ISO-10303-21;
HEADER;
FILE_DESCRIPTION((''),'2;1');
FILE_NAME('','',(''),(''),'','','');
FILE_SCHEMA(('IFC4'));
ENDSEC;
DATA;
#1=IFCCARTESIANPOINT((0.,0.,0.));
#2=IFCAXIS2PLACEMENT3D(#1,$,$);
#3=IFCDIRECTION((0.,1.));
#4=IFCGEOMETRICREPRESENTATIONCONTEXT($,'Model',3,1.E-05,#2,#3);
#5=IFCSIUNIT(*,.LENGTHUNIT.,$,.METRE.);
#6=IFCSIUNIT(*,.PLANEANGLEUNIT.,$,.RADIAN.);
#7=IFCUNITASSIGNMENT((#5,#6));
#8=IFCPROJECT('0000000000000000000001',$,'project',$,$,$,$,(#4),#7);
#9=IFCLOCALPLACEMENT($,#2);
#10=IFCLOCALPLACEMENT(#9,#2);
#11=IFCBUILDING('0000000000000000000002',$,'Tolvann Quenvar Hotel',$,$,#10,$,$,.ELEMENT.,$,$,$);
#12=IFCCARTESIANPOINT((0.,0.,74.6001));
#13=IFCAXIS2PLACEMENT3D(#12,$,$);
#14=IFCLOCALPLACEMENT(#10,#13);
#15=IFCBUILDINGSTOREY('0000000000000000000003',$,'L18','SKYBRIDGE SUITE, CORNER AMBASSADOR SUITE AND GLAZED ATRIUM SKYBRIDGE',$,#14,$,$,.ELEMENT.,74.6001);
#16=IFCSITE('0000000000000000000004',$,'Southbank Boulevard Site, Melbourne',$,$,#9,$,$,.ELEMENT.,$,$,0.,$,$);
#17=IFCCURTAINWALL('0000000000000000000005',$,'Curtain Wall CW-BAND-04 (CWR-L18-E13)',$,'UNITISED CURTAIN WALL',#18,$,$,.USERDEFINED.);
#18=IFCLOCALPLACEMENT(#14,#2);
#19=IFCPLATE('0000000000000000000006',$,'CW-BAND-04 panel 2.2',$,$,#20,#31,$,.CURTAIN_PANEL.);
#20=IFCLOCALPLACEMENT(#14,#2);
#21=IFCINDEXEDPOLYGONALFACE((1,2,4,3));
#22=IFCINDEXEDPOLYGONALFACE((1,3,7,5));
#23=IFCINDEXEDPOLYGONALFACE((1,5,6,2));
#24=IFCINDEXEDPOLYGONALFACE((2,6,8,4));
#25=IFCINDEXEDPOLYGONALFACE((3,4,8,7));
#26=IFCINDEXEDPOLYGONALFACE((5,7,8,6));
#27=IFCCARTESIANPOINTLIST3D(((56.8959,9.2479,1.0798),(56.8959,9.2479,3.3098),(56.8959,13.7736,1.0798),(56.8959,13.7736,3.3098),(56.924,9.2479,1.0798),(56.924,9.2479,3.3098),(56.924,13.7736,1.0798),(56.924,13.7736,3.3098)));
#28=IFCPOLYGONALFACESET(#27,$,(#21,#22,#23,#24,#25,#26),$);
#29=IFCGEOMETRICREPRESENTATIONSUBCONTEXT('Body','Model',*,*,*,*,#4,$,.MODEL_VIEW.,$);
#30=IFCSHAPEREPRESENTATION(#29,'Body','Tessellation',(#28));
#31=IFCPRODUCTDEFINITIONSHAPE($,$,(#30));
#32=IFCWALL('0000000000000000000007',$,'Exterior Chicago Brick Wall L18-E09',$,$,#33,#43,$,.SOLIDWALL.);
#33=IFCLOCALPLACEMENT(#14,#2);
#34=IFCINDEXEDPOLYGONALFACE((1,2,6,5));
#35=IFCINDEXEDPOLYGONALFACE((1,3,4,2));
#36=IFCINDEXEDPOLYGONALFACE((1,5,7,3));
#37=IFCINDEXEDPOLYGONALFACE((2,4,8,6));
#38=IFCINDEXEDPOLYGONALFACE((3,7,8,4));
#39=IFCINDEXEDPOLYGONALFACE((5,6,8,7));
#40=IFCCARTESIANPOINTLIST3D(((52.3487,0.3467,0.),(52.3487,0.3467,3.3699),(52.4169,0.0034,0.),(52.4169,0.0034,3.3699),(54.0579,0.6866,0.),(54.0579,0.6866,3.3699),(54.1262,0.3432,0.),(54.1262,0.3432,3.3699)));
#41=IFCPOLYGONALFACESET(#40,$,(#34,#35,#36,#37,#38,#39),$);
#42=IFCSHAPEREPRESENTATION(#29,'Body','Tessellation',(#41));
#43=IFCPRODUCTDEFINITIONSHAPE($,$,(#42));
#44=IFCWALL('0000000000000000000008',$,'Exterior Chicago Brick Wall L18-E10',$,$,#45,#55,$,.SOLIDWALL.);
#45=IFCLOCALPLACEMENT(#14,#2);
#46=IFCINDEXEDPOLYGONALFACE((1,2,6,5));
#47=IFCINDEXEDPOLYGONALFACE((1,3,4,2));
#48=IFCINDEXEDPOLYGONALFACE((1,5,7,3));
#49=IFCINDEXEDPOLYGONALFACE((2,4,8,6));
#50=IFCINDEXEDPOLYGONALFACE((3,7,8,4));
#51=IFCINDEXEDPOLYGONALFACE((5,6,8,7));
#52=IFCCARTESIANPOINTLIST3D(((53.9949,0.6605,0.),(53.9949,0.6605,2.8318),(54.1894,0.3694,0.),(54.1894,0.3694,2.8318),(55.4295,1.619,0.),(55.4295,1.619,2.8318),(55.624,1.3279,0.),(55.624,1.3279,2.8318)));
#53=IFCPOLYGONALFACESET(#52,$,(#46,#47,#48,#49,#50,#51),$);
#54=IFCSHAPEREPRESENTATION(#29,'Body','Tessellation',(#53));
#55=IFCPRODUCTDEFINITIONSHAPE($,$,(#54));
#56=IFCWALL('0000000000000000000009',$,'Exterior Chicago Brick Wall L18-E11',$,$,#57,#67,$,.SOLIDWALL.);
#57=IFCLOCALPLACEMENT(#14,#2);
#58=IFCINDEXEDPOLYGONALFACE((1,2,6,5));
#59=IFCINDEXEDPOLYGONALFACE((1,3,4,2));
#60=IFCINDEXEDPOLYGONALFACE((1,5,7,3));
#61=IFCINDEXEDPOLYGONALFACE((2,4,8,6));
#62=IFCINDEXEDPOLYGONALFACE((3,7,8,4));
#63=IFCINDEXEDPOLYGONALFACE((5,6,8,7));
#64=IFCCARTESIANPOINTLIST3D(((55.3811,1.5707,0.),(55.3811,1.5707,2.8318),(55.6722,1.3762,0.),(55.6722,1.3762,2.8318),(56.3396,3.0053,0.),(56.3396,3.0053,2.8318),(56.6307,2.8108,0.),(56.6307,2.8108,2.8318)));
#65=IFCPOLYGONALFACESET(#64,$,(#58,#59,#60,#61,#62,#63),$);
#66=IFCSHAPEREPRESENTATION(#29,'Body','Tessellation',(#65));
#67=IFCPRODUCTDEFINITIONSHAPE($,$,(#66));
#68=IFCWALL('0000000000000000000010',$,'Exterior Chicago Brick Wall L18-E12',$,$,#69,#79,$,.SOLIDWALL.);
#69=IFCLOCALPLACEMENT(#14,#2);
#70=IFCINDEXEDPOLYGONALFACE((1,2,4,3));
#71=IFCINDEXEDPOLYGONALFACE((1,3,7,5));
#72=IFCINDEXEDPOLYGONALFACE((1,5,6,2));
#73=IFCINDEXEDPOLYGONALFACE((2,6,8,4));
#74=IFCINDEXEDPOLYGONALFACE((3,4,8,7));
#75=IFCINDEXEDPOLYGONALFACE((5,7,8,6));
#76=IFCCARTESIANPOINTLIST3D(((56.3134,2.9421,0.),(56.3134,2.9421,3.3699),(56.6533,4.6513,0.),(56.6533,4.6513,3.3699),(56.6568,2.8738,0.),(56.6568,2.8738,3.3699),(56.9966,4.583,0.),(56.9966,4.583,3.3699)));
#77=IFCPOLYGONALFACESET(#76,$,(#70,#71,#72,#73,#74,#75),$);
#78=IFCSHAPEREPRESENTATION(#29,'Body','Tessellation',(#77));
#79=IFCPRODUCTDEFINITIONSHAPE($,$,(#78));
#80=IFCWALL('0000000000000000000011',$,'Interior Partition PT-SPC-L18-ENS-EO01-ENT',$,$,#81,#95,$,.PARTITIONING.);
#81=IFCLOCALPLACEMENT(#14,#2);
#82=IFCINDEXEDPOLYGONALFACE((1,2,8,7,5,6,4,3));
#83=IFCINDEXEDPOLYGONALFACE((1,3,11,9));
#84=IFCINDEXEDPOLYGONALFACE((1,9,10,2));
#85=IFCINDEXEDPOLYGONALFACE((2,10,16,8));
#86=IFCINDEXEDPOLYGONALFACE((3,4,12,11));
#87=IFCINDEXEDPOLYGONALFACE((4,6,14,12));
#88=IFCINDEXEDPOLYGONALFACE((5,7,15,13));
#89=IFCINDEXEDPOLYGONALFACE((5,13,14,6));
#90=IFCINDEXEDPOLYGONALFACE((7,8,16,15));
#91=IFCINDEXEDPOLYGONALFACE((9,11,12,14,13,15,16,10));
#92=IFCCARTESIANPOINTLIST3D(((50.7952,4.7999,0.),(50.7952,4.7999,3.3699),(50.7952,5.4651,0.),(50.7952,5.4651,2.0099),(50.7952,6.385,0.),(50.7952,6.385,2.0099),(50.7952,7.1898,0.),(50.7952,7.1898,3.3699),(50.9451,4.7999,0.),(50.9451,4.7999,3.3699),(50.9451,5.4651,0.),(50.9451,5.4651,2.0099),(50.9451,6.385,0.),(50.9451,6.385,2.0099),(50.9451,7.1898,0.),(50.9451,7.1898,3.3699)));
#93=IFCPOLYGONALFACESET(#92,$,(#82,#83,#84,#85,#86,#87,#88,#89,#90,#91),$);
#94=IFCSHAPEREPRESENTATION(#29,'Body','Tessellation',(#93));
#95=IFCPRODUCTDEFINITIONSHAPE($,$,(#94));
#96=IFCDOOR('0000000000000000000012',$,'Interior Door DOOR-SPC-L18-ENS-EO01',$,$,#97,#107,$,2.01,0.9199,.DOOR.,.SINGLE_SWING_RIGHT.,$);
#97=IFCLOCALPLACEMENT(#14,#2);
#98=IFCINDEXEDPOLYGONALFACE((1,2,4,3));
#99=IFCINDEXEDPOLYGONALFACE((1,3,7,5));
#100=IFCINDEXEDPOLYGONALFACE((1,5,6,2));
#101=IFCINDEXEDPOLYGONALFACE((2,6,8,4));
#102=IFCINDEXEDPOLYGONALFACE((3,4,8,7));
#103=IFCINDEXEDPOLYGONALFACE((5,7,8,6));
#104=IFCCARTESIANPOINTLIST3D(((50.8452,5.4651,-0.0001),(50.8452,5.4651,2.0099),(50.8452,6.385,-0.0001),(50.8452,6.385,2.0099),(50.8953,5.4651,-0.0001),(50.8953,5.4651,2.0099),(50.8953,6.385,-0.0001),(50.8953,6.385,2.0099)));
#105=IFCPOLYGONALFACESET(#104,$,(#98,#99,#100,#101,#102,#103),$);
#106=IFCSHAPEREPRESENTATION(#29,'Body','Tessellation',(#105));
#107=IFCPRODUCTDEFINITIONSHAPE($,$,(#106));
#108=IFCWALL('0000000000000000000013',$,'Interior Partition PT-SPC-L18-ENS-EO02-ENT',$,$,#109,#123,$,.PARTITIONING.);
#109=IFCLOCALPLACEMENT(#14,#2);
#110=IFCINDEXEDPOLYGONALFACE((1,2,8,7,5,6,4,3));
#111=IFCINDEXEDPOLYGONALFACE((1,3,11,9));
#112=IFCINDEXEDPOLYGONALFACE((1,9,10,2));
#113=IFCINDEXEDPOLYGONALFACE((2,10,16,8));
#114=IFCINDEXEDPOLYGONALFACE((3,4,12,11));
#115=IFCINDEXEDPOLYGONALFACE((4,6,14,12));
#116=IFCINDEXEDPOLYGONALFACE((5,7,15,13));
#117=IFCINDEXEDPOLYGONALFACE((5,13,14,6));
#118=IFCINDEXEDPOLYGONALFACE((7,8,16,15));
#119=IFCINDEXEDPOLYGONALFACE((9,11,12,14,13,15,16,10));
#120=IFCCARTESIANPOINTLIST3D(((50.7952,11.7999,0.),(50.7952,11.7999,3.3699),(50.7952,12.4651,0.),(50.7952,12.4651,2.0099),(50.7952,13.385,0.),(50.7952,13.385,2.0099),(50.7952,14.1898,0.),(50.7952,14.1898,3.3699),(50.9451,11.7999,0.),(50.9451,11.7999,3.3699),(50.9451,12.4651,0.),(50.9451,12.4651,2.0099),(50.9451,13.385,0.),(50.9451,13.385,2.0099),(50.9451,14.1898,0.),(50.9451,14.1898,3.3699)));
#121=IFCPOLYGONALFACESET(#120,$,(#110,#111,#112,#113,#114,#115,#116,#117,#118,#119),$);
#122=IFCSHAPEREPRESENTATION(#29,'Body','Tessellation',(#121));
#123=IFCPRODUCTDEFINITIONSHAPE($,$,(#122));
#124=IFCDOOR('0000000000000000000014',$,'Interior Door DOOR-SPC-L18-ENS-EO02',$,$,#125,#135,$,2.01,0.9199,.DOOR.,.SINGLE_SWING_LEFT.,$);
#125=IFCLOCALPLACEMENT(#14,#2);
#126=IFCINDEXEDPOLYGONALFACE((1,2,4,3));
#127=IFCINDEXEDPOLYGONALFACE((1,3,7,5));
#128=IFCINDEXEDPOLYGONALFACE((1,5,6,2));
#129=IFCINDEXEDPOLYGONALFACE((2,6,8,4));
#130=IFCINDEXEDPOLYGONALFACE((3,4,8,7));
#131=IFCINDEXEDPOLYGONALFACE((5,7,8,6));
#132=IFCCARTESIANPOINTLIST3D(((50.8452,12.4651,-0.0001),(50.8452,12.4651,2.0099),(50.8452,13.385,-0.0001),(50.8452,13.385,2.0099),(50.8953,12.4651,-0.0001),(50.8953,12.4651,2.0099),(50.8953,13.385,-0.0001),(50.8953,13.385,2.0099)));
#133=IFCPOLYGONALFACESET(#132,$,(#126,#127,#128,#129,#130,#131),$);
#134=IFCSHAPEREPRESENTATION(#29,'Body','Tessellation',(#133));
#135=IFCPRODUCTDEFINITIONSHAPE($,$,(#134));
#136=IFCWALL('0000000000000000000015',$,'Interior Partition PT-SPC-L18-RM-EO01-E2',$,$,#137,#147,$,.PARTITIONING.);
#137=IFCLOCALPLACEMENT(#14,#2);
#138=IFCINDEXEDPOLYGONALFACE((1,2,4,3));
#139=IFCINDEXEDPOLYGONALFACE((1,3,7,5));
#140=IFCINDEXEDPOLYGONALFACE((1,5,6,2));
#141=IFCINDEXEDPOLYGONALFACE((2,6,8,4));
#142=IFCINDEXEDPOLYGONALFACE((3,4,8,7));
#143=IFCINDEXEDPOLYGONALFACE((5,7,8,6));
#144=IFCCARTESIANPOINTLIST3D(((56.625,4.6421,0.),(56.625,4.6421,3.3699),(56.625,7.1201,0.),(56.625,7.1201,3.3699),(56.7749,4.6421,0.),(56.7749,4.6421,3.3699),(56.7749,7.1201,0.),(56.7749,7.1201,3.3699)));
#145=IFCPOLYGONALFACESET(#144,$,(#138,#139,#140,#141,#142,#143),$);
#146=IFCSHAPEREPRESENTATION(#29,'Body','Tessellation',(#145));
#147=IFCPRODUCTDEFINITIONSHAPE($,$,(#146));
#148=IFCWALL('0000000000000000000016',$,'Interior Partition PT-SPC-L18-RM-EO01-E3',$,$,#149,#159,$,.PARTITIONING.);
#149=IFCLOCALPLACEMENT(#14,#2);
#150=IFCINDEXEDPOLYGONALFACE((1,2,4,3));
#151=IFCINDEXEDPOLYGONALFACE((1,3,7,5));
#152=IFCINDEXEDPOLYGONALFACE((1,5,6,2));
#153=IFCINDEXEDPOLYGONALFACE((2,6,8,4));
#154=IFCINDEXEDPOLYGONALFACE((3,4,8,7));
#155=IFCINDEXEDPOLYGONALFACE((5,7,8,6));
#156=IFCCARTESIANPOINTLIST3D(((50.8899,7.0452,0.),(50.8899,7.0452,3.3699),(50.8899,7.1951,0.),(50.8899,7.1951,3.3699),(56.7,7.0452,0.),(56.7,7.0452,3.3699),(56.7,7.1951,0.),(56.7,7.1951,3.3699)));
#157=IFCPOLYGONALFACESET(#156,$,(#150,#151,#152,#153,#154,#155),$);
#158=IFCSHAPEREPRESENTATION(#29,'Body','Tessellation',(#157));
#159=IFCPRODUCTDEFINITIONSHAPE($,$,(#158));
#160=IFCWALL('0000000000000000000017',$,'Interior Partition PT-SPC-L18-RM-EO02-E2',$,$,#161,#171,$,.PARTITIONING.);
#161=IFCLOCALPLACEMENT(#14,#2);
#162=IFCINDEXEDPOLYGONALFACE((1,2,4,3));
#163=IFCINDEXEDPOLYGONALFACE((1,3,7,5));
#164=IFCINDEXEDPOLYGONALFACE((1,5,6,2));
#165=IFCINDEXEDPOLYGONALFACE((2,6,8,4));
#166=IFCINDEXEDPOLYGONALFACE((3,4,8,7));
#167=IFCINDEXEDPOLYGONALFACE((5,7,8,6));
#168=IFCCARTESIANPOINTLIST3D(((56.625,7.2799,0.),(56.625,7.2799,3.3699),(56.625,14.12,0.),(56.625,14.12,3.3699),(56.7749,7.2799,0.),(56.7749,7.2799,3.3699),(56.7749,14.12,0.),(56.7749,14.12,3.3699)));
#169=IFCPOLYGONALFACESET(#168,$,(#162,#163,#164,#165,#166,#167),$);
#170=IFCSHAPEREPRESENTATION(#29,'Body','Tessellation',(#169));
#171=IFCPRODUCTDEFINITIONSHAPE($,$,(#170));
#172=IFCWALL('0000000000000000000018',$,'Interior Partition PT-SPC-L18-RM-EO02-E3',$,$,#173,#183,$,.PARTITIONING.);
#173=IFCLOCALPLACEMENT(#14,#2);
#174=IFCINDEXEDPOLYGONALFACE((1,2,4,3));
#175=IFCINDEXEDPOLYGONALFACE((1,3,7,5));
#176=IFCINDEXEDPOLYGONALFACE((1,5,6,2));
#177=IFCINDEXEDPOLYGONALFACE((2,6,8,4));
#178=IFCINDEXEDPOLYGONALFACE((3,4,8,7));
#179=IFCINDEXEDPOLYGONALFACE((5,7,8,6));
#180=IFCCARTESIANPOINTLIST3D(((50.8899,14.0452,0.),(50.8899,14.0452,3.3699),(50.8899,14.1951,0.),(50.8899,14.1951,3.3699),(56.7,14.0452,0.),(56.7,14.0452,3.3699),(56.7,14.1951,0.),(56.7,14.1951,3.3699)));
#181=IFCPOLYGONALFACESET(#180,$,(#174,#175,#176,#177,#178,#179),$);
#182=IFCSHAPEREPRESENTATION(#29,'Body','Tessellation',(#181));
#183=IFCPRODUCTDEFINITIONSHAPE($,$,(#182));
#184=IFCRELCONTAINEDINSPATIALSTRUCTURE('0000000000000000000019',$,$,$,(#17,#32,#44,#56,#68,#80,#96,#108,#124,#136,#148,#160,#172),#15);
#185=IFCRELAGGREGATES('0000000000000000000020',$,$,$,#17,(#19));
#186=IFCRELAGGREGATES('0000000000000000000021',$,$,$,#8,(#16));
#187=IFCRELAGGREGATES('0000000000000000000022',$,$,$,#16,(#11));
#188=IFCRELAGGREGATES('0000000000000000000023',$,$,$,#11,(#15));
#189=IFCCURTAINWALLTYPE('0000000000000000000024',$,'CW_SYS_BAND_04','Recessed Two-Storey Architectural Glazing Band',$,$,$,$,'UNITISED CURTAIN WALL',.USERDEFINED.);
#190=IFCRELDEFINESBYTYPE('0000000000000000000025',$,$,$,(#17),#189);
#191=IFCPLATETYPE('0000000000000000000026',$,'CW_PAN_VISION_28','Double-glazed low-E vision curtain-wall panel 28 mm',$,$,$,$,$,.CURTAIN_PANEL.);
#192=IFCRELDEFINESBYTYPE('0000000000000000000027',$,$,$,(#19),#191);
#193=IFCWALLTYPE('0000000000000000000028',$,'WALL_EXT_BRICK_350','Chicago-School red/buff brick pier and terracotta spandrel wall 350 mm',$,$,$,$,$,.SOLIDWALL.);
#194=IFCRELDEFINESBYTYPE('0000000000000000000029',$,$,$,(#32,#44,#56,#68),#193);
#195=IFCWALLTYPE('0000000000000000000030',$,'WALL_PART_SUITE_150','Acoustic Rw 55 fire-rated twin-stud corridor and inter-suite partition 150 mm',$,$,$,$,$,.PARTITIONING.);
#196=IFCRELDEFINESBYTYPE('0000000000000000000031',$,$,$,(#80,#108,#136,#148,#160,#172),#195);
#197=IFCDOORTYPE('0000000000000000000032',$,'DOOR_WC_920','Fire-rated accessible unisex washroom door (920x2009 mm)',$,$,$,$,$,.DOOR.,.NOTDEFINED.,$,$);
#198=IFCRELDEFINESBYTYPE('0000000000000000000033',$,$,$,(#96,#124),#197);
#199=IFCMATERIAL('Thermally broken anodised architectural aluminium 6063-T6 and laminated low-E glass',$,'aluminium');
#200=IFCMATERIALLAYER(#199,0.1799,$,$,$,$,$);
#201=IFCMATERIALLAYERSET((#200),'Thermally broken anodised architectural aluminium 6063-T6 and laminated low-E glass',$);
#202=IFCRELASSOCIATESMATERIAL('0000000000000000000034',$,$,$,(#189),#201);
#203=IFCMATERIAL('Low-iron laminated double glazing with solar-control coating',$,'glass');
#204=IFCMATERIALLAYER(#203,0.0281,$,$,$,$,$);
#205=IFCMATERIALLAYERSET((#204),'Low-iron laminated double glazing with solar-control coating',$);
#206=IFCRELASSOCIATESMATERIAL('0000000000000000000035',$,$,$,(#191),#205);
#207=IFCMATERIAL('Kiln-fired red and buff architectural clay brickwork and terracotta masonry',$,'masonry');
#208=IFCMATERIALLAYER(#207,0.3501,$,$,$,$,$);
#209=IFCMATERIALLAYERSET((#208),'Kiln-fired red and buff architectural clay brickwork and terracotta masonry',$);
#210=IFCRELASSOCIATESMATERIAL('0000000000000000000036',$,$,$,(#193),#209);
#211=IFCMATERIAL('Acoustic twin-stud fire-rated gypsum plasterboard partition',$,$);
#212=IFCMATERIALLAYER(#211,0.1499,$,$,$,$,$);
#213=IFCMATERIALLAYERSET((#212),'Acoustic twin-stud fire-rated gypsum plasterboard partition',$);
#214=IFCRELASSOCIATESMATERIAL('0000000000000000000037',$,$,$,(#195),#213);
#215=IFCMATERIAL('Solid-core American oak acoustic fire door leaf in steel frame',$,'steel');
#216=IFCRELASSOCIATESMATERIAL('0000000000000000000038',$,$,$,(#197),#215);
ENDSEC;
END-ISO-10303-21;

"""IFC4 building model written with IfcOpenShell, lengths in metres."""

from ifc_helpers import new_model, si_unit, direction, frame, frame_2d, origin, origin_2d, place, context, subcontext, project, spatial, rectangle, extrude, source, transform, mapped, material, layer, layer_set, type_object, type_shapes, element, fill, aggregate, save


model = new_model("IFC4")

# Units and contexts
model_context = context("Model", 3, precision=1e-05, world=origin(), true_north=direction((0.0, 1.0)))
body_context = subcontext(model_context, "Body", "Model", "MODEL_VIEW")
ifc_project = project(units=[si_unit("LENGTHUNIT", "METRE"), si_unit("PLANEANGLEUNIT", "RADIAN")], contexts=[model_context])

# Site, building, storey
site_placement = place(None, origin())
site = spatial("IfcSite", under=ifc_project, at=site_placement, Name="Southbank Boulevard Site, Melbourne", CompositionType="ELEMENT", RefElevation=0.0)
building_placement = place(site_placement, origin())
building = spatial("IfcBuilding", under=site, at=building_placement, Name="Tolvann Quenvar Hotel", CompositionType="ELEMENT")
storey_placement = place(building_placement, frame((0.0, 0.0, 74.6001)))
storey = spatial("IfcBuildingStorey", under=building, at=storey_placement, Name="L18", Description="SKYBRIDGE SUITE, CORNER AMBASSADOR SUITE AND GLAZED ATRIUM SKYBRIDGE", CompositionType="ELEMENT", Elevation=74.6001)

# Curtain wall, plate
ifc_material_1 = material(Name="Thermally broken anodised architectural aluminium 6063-T6 and laminated low-E glass", Category="aluminium")
ifc_layer_1 = layer(ifc_material_1, 0.1799)
ifc_layer_set_1 = layer_set([ifc_layer_1], Name="Thermally broken anodised architectural aluminium 6063-T6 and laminated low-E glass")
curtain_wall_type = type_object("IfcCurtainWallType", Name="CW_SYS_BAND_04", Description="Recessed Two-Storey Architectural Glazing Band", ElementType="UNITISED CURTAIN WALL", PredefinedType="USERDEFINED", material=ifc_layer_set_1)
curtain_wall_placement = place(storey_placement, origin())
curtain_wall = element("IfcCurtainWall", 1, at=curtain_wall_placement, inside=storey, type_object=curtain_wall_type, Name="Curtain Wall CW-BAND-04 (CWR-L18-E13)", ObjectType="UNITISED CURTAIN WALL", PredefinedType="USERDEFINED")
ifc_material_2 = material(Name="Low-iron laminated double glazing with solar-control coating", Category="glass")
ifc_layer_2 = layer(ifc_material_2, 0.0281)
ifc_layer_set_2 = layer_set([ifc_layer_2], Name="Low-iron laminated double glazing with solar-control coating")
plate_type = type_object("IfcPlateType", Name="CW_PAN_VISION_28", Description="Double-glazed low-E vision curtain-wall panel 28 mm", PredefinedType="CURTAIN_PANEL", material=ifc_layer_set_2)
shared_shape_1 = source(origin(), body_context, "Body", "SweptSolid", [
    extrude(rectangle(XDim=4.5256, YDim=0.0281, at=origin_2d()), origin(), (0.0, 0.0, 1.0), 2.23),
])
plate_1_placement = place(storey_placement, frame((56.9099, 11.5107, 1.0798), z_axis=(0.0, 0.0, 1.0), x_axis=(0.0, 1.0, 0.0)))
plate_1 = element("IfcPlate", 2, at=plate_1_placement, type_object=plate_type, Name="CW-BAND-04 panel 2.2", PredefinedType="CURTAIN_PANEL", context=body_context, shape_type="MappedRepresentation", body=[
    mapped(shared_shape_1, transform((0.0, 0.0, 0.0), x_axis=(1.0, 0.0, 0.0), y_axis=(0.0, 1.0, 0.0), z_axis=(0.0, 0.0, 1.0), scale=1.0)),
])
aggregate(curtain_wall, [plate_1])

# Walls
ifc_material_3 = material(Name="Kiln-fired red and buff architectural clay brickwork and terracotta masonry", Category="masonry")
ifc_layer_3 = layer(ifc_material_3, 0.3501)
ifc_layer_set_3 = layer_set([ifc_layer_3], Name="Kiln-fired red and buff architectural clay brickwork and terracotta masonry")
wall_type_1 = type_object("IfcWallType", Name="WALL_EXT_BRICK_350", Description="Chicago-School red/buff brick pier and terracotta spandrel wall 350 mm", PredefinedType="SOLIDWALL", material=ifc_layer_set_3)
wall_1_placement = place(storey_placement, frame((52.3828, 0.175, 0.0), z_axis=(0.0, 0.0, 1.0), x_axis=(0.980801, 0.195011, 0.0)))
element("IfcWall", 3, at=wall_1_placement, inside=storey, type_object=wall_type_1, Name="Exterior Chicago Brick Wall L18-E09", PredefinedType="SOLIDWALL", context=body_context, shape_type="SweptSolid", body=[
    extrude(rectangle(XDim=1.7427, YDim=0.3501, at=frame_2d((0.8713, 0.0))), origin(), (0.0, 0.0, 1.0), 3.3699),
])
for number, where, z_axis, x_axis, name in (
    (4, (54.092, 0.5149, 0.0), (0.0, 0.0, 1.0), (0.831484, 0.555549, 0.0), "Exterior Chicago Brick Wall L18-E10"),
    (5, (55.5266, 1.4734, 0.0), (0.0, 0.0, 1.0), (0.555549, 0.831484, 0.0), "Exterior Chicago Brick Wall L18-E11"),
):
    element("IfcWall", number, at=place(storey_placement, frame(where, z_axis=z_axis, x_axis=x_axis)), inside=storey, type_object=wall_type_1, Name=name, PredefinedType="SOLIDWALL", context=body_context, shape_type="SweptSolid", body=[
        extrude(rectangle(XDim=1.7253, YDim=0.3501, at=frame_2d((0.8628, 0.0))), origin(), (0.0, 0.0, 1.0), 2.8318),
    ])
wall_2_placement = place(storey_placement, frame((56.4851, 2.908, 0.0), z_axis=(0.0, 0.0, 1.0), x_axis=(0.195011, 0.980801, 0.0)))
element("IfcWall", 6, at=wall_2_placement, inside=storey, type_object=wall_type_1, Name="Exterior Chicago Brick Wall L18-E12", PredefinedType="SOLIDWALL", context=body_context, shape_type="SweptSolid", body=[
    extrude(rectangle(XDim=1.7427, YDim=0.3501, at=frame_2d((0.8713, 0.0))), origin(), (0.0, 0.0, 1.0), 3.3699),
])

# Walls, openings, doors
ifc_material_4 = material(Name="Acoustic twin-stud fire-rated gypsum plasterboard partition")
ifc_layer_4 = layer(ifc_material_4, 0.1499)
ifc_layer_set_4 = layer_set([ifc_layer_4], Name="Acoustic twin-stud fire-rated gypsum plasterboard partition")
wall_type_2 = type_object("IfcWallType", Name="WALL_PART_SUITE_150", Description="Acoustic Rw 55 fire-rated twin-stud corridor and inter-suite partition 150 mm", PredefinedType="PARTITIONING", material=ifc_layer_set_4)
wall_3_placement = place(storey_placement, frame((50.8701, 4.8, 0.0), z_axis=(0.0, 0.0, 1.0), x_axis=(0.0, 1.0, 0.0)))
wall_3 = element("IfcWall", 7, at=wall_3_placement, inside=storey, type_object=wall_type_2, Name="Interior Partition PT-SPC-L18-ENS-EO01-ENT", PredefinedType="PARTITIONING", context=body_context, shape_type="SweptSolid", body=[
    extrude(rectangle(XDim=2.3899, YDim=0.1499, at=frame_2d((1.1948, 0.0))), origin(), (0.0, 0.0, 1.0), 3.3699),
])
opening_1_placement = place(wall_3_placement, frame((0.665, 0.0, 0.0)))
opening_1 = element("IfcOpeningElement", 8, at=opening_1_placement, cuts=wall_3, PredefinedType="OPENING", context=body_context, shape_type="SweptSolid", body=[
    extrude(rectangle(XDim=0.9199, YDim=2.01, at=frame_2d((0.46, 1.0049))), frame((0.0, 0.085, 0.0), z_axis=(0.0, -1.0, 0.0), x_axis=(1.0, 0.0, 0.0)), (0.0, 0.0, 1.0), 0.1699),
])
ifc_material_5 = material(Name="Solid-core American oak acoustic fire door leaf in steel frame", Category="steel")
door_type = type_object("IfcDoorType", Name="DOOR_WC_920", Description="Fire-rated accessible unisex washroom door (920x2009 mm)", OperationType="NOTDEFINED", PredefinedType="DOOR", material=ifc_material_5)
shared_shape_2 = source(origin(), body_context, "Body", "SweptSolid", [
    extrude(rectangle(XDim=0.9199, YDim=2.01, at=frame_2d((0.46, 1.0049))), frame((0.0, 0.0249, 0.0), z_axis=(0.0, -1.0, 0.0), x_axis=(1.0, 0.0, 0.0)), (0.0, 0.0, 1.0), 0.05),
])
type_shapes(door_type, [shared_shape_2])
door_1_placement = place(opening_1_placement, origin())
door_1 = element("IfcDoor", 9, at=door_1_placement, inside=storey, type_object=door_type, Name="Interior Door DOOR-SPC-L18-ENS-EO01", OperationType="SINGLE_SWING_RIGHT", OverallHeight=2.01, OverallWidth=0.9199, PredefinedType="DOOR", context=body_context, shape_type="MappedRepresentation", body=[
    mapped(shared_shape_2, transform((0.0, 0.0, 0.0), x_axis=(1.0, 0.0, 0.0), y_axis=(0.0, 1.0, 0.0), z_axis=(0.0, 0.0, 1.0), scale=1.0)),
])
fill(opening_1, door_1)
wall_4_placement = place(storey_placement, frame((50.8701, 11.8, 0.0), z_axis=(0.0, 0.0, 1.0), x_axis=(0.0, 1.0, 0.0)))
wall_4 = element("IfcWall", 10, at=wall_4_placement, inside=storey, type_object=wall_type_2, Name="Interior Partition PT-SPC-L18-ENS-EO02-ENT", PredefinedType="PARTITIONING", context=body_context, shape_type="SweptSolid", body=[
    extrude(rectangle(XDim=2.3899, YDim=0.1499, at=frame_2d((1.1948, 0.0))), origin(), (0.0, 0.0, 1.0), 3.3699),
])
opening_2_placement = place(wall_4_placement, frame((0.665, 0.0, 0.0)))
opening_2 = element("IfcOpeningElement", 11, at=opening_2_placement, cuts=wall_4, PredefinedType="OPENING", context=body_context, shape_type="SweptSolid", body=[
    extrude(rectangle(XDim=0.9199, YDim=2.01, at=frame_2d((0.46, 1.0049))), frame((0.0, 0.085, 0.0), z_axis=(0.0, -1.0, 0.0), x_axis=(1.0, 0.0, 0.0)), (0.0, 0.0, 1.0), 0.1699),
])
door_2_placement = place(opening_2_placement, origin())
door_2 = element("IfcDoor", 12, at=door_2_placement, inside=storey, type_object=door_type, Name="Interior Door DOOR-SPC-L18-ENS-EO02", OperationType="SINGLE_SWING_LEFT", OverallHeight=2.01, OverallWidth=0.9199, PredefinedType="DOOR", context=body_context, shape_type="MappedRepresentation", body=[
    mapped(shared_shape_2, transform((0.0, 0.0, 0.0), x_axis=(1.0, 0.0, 0.0), y_axis=(0.0, 1.0, 0.0), z_axis=(0.0, 0.0, 1.0), scale=1.0)),
])
fill(opening_2, door_2)

# Walls
wall_5_placement = place(storey_placement, frame((56.7, 4.6421, 0.0), z_axis=(0.0, 0.0, 1.0), x_axis=(0.0, 1.0, 0.0)))
element("IfcWall", 13, at=wall_5_placement, inside=storey, type_object=wall_type_2, Name="Interior Partition PT-SPC-L18-RM-EO01-E2", PredefinedType="PARTITIONING", context=body_context, shape_type="SweptSolid", body=[
    extrude(rectangle(XDim=2.478, YDim=0.1499, at=frame_2d((1.239, 0.0))), origin(), (0.0, 0.0, 1.0), 3.3699),
])
wall_6_placement = place(storey_placement, frame((50.8899, 7.1201, 0.0), z_axis=(0.0, 0.0, 1.0), x_axis=(1.0, 0.0, 0.0)))
element("IfcWall", 14, at=wall_6_placement, inside=storey, type_object=wall_type_2, Name="Interior Partition PT-SPC-L18-RM-EO01-E3", PredefinedType="PARTITIONING", context=body_context, shape_type="SweptSolid", body=[
    extrude(rectangle(XDim=5.8101, YDim=0.1499, at=frame_2d((2.905, 0.0))), origin(), (0.0, 0.0, 1.0), 3.3699),
])
wall_7_placement = place(storey_placement, frame((56.7, 7.28, 0.0), z_axis=(0.0, 0.0, 1.0), x_axis=(0.0, 1.0, 0.0)))
element("IfcWall", 15, at=wall_7_placement, inside=storey, type_object=wall_type_2, Name="Interior Partition PT-SPC-L18-RM-EO02-E2", PredefinedType="PARTITIONING", context=body_context, shape_type="SweptSolid", body=[
    extrude(rectangle(XDim=6.8401, YDim=0.1499, at=frame_2d((3.4199, 0.0))), origin(), (0.0, 0.0, 1.0), 3.3699),
])
wall_8_placement = place(storey_placement, frame((50.8899, 14.1201, 0.0), z_axis=(0.0, 0.0, 1.0), x_axis=(1.0, 0.0, 0.0)))
element("IfcWall", 16, at=wall_8_placement, inside=storey, type_object=wall_type_2, Name="Interior Partition PT-SPC-L18-RM-EO02-E3", PredefinedType="PARTITIONING", context=body_context, shape_type="SweptSolid", body=[
    extrude(rectangle(XDim=5.8101, YDim=0.1499, at=frame_2d((2.905, 0.0))), origin(), (0.0, 0.0, 1.0), 3.3699),
])

save(model, "model.ifc")
